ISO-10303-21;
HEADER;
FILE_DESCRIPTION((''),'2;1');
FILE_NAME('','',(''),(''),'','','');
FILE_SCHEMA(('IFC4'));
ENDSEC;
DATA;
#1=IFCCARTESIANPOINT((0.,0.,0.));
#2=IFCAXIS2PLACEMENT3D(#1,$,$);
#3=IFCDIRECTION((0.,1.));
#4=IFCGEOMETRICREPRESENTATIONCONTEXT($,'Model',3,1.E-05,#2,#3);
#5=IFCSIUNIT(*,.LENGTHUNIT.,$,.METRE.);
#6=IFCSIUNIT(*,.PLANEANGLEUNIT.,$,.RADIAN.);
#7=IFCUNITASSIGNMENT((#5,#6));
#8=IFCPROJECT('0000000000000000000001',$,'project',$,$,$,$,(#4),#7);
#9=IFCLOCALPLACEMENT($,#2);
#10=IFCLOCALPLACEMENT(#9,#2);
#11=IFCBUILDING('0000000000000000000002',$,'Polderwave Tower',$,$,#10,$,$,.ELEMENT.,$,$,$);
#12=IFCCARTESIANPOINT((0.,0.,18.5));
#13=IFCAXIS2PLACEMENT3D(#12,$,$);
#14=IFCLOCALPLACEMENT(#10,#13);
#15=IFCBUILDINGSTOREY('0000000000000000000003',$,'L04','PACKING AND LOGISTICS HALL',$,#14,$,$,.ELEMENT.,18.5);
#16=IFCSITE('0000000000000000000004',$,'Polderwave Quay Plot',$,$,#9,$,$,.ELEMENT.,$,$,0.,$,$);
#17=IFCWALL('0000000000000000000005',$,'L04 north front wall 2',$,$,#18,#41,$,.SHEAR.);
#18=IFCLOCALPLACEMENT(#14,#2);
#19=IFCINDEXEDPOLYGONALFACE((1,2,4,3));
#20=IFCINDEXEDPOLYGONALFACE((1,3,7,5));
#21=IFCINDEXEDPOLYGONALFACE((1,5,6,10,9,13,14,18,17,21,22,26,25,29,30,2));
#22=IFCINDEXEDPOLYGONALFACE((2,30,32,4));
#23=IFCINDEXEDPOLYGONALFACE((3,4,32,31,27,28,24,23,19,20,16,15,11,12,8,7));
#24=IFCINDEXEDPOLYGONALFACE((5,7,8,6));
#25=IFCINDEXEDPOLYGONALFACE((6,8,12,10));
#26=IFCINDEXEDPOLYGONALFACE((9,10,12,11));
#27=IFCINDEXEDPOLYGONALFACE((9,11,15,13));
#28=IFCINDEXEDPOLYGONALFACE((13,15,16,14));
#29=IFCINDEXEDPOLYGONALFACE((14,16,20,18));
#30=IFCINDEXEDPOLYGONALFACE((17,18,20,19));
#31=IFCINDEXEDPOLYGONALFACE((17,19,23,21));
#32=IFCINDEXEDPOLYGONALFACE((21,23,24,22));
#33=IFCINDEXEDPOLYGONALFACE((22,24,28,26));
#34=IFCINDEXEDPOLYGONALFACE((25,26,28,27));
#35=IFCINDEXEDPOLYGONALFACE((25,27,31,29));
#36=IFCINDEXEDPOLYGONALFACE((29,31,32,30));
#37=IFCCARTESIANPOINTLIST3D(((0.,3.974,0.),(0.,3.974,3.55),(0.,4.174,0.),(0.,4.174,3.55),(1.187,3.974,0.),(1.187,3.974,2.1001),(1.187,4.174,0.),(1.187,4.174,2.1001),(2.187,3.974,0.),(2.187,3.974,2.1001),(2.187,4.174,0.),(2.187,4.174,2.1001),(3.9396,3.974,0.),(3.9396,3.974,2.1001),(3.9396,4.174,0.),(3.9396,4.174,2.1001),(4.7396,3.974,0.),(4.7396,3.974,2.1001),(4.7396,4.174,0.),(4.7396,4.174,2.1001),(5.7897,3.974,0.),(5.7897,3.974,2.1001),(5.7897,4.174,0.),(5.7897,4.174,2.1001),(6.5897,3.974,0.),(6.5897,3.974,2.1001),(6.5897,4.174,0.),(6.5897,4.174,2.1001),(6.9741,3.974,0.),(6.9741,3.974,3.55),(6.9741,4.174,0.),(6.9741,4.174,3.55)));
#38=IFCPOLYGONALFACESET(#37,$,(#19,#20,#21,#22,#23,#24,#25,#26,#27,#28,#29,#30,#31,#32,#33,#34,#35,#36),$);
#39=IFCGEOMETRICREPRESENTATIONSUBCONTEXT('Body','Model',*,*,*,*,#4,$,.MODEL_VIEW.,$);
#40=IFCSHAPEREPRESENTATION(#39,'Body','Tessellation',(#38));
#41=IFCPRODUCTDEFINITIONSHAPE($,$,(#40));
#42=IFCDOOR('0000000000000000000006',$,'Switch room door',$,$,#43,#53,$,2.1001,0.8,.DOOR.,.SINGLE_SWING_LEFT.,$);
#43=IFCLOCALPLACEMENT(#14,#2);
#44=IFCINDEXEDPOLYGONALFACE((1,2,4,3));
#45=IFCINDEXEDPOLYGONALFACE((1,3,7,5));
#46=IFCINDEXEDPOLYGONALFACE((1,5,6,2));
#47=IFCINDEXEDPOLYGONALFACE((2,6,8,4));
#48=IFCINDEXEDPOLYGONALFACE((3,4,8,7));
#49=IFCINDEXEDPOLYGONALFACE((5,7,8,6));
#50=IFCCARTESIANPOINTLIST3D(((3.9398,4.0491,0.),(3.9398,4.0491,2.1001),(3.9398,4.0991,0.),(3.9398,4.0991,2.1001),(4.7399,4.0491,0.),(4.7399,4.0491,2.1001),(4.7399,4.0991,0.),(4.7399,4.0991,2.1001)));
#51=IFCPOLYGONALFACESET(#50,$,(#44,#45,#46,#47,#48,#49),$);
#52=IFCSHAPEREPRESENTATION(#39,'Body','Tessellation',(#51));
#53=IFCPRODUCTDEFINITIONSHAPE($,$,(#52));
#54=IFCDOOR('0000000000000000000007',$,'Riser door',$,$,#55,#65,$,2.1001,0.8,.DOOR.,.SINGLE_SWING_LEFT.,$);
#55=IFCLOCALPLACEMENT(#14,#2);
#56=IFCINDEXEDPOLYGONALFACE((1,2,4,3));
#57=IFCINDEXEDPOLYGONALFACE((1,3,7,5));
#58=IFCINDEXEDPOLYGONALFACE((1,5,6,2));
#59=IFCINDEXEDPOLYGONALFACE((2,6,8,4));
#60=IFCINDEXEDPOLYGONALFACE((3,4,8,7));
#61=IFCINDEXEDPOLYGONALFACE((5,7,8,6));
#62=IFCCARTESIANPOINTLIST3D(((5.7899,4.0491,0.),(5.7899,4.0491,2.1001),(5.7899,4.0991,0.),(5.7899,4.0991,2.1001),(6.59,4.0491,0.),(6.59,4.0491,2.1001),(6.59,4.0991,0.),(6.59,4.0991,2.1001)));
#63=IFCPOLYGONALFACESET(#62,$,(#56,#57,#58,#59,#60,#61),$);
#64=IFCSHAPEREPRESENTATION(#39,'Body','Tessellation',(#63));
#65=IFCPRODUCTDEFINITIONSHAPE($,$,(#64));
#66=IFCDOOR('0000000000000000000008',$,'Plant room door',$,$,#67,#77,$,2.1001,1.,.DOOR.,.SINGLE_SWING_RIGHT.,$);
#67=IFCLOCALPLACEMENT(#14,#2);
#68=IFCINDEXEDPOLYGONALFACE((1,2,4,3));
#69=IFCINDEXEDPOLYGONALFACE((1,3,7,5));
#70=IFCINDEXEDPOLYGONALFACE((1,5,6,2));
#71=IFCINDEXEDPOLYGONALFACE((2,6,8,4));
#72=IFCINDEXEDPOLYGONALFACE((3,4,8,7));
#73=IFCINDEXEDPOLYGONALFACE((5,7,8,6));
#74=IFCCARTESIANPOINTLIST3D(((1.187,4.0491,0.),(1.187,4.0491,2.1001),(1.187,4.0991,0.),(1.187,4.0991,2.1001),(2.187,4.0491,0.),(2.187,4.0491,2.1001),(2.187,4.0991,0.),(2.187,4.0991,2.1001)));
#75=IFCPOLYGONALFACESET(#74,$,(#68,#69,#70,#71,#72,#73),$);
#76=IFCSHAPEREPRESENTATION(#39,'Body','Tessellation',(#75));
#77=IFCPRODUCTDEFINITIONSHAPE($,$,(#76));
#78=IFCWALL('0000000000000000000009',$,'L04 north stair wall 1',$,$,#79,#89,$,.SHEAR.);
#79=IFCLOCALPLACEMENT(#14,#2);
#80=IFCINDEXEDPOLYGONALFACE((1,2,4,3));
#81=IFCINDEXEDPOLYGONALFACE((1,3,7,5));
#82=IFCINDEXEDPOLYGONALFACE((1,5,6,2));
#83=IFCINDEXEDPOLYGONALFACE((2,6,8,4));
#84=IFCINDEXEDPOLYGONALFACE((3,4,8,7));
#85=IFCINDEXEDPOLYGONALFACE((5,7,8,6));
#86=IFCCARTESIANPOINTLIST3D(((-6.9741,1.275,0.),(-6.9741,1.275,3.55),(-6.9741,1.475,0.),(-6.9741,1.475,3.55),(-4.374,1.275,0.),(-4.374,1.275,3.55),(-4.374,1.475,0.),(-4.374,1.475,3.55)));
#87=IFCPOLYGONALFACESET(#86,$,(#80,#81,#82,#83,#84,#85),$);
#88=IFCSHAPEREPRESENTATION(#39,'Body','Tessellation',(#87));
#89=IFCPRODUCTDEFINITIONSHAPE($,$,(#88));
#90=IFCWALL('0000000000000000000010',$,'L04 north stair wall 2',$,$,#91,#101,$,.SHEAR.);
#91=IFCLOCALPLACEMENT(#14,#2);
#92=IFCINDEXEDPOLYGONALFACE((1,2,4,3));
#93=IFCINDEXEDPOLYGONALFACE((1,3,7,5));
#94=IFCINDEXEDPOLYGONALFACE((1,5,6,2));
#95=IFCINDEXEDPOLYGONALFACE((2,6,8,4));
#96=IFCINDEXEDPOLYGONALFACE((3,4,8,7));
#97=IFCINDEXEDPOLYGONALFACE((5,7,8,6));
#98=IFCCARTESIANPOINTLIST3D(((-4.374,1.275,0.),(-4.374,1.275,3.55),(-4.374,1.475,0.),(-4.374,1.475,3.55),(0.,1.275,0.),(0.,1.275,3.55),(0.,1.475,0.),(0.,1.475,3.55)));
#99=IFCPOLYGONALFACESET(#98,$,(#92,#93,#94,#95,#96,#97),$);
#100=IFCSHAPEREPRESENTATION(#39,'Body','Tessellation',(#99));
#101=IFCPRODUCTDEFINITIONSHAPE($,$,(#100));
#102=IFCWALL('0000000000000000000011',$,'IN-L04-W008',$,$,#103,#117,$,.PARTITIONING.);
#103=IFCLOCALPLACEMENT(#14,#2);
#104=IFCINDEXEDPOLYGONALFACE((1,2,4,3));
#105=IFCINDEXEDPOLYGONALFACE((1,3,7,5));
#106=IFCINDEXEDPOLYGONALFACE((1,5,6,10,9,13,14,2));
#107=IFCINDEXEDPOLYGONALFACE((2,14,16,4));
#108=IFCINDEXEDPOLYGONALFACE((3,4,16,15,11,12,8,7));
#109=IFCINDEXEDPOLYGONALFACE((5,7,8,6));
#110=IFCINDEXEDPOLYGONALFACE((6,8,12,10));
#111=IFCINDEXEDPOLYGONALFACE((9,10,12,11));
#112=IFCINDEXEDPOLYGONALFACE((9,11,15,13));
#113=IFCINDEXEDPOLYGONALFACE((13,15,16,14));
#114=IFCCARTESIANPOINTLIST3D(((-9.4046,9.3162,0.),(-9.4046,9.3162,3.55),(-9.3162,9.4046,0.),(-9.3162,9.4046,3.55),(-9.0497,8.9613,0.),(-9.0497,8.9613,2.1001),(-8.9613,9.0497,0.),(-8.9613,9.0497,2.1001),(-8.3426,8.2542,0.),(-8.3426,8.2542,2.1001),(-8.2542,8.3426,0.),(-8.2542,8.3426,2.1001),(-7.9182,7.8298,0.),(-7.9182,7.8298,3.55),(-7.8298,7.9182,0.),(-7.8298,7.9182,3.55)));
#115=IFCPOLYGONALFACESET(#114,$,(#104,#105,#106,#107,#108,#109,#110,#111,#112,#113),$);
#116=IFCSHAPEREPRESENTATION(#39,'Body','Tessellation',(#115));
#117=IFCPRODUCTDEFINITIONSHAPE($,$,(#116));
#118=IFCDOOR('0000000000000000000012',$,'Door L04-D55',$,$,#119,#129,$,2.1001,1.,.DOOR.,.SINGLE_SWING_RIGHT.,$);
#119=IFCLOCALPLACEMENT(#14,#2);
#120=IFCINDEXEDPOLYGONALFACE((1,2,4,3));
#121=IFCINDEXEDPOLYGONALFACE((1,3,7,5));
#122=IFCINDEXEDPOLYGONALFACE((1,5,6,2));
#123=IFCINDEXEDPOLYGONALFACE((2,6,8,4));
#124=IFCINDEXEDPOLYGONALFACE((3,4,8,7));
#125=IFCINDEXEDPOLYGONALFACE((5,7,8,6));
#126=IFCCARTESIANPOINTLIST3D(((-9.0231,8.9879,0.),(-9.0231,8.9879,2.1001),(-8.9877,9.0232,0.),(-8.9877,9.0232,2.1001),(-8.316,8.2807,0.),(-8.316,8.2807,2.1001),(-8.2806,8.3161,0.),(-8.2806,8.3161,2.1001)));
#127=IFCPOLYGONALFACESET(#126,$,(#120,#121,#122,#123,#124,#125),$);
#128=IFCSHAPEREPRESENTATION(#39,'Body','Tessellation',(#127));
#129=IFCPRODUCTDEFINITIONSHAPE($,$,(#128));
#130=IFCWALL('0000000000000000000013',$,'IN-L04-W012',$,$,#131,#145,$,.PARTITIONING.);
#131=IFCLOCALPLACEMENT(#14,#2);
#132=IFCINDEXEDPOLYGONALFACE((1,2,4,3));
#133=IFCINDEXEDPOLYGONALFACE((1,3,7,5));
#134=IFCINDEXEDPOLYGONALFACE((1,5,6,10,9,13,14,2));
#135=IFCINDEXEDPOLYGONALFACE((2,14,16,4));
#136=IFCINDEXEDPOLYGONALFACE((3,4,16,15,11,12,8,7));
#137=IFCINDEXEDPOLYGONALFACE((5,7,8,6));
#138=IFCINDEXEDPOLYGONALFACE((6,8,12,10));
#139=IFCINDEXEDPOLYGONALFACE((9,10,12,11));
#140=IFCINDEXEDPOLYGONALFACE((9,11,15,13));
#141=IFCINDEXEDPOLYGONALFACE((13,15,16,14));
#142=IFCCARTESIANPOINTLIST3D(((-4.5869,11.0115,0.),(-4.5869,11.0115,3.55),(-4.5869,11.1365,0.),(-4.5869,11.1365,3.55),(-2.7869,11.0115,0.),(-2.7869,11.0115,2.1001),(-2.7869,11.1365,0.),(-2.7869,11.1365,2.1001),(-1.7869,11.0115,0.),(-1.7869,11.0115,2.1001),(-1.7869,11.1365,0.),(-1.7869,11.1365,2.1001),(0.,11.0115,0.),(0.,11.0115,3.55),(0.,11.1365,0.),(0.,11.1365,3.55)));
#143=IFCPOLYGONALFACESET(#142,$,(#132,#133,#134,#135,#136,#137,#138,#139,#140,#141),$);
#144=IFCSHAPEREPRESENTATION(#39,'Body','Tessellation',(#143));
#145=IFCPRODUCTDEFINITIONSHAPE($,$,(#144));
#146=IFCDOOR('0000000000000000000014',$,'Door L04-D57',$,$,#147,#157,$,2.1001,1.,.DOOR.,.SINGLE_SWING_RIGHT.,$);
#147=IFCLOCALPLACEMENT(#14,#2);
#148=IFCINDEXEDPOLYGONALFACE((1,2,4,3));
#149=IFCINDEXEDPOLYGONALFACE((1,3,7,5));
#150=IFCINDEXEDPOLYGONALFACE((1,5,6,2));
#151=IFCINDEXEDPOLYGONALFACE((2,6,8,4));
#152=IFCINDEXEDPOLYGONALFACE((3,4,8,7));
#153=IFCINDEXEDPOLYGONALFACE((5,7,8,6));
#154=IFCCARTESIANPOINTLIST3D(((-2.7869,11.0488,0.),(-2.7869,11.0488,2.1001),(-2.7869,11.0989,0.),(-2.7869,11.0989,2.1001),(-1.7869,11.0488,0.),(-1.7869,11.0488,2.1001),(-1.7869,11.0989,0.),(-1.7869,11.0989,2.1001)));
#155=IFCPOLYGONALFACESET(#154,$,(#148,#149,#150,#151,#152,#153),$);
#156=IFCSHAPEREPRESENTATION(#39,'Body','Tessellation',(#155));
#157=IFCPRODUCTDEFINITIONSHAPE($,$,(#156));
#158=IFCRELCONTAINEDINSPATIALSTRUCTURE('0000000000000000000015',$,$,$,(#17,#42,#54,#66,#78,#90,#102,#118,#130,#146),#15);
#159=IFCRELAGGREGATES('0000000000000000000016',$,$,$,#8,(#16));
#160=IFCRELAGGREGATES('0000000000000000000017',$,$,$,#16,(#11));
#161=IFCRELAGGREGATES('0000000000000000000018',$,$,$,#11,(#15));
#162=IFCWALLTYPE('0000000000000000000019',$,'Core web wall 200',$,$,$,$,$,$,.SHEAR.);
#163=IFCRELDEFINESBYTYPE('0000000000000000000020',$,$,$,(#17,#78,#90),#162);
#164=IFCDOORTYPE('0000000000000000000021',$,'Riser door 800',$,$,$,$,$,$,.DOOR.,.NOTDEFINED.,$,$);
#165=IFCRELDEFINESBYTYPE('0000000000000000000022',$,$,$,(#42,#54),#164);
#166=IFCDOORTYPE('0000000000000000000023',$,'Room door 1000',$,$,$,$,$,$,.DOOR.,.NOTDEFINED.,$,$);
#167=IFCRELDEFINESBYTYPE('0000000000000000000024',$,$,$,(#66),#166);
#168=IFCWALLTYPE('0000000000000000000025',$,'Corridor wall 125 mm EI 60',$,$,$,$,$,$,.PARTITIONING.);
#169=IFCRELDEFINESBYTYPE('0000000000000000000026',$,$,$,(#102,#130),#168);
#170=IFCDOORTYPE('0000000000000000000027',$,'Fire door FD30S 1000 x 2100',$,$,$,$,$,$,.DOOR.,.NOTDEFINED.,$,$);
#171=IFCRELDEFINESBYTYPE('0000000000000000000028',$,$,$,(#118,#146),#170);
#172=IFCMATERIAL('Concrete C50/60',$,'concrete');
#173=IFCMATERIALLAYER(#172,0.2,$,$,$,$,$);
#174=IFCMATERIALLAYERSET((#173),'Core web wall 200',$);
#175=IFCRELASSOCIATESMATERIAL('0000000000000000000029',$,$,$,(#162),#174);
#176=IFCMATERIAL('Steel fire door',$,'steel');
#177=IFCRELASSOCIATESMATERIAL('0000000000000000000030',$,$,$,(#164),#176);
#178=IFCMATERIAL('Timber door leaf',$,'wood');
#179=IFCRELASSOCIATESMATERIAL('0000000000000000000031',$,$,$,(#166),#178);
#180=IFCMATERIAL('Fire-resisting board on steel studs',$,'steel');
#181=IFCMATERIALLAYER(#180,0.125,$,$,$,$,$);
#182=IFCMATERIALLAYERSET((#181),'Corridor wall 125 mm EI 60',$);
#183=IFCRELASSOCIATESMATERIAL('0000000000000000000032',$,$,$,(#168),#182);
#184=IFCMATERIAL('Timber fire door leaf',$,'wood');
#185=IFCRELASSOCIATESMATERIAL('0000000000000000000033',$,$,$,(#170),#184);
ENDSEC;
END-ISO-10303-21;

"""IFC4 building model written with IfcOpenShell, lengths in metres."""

from ifc_helpers import new_model, si_unit, direction, frame, frame_2d, origin, place, context, subcontext, project, spatial, rectangle, extrude, material, layer, layer_set, type_object, element, fill, save


model = new_model("IFC4")

# Units and contexts
model_context = context("Model", 3, precision=1e-05, world=origin(), true_north=direction((0.0, 1.0)))
body_context = subcontext(model_context, "Body", "Model", "MODEL_VIEW")
ifc_project = project(units=[si_unit("LENGTHUNIT", "METRE"), si_unit("PLANEANGLEUNIT", "RADIAN")], contexts=[model_context])

# Site, building, storey
site_placement = place(None, origin())
site = spatial("IfcSite", under=ifc_project, at=site_placement, Name="Polderwave Quay Plot", CompositionType="ELEMENT", RefElevation=0.0)
building_placement = place(site_placement, origin())
building = spatial("IfcBuilding", under=site, at=building_placement, Name="Polderwave Tower", CompositionType="ELEMENT")
storey_placement = place(building_placement, frame((0.0, 0.0, 18.5)))
storey = spatial("IfcBuildingStorey", under=building, at=storey_placement, Name="L04", Description="PACKING AND LOGISTICS HALL", CompositionType="ELEMENT", Elevation=18.5)

# Shared definitions
ifc_material_1 = material(Name="Steel fire door", Category="steel")

# Shared definitions
ifc_material_2 = material(Name="Concrete C50/60", Category="concrete")
ifc_layer_1 = layer(ifc_material_2, 0.2)
ifc_layer_set_1 = layer_set([ifc_layer_1], Name="Core web wall 200")
wall_type_1 = type_object("IfcWallType", Name="Core web wall 200", PredefinedType="SHEAR", material=ifc_layer_set_1)

# Wall, openings, doors
wall_1_placement = place(storey_placement, frame((0.0, 4.074, 0.0), z_axis=(0.0, 0.0, 1.0), x_axis=(1.0, 0.0, 0.0)))
wall_1 = element("IfcWall", 1, at=wall_1_placement, inside=storey, type_object=wall_type_1, Name="L04 north front wall 2", PredefinedType="SHEAR", context=body_context, shape_type="SweptSolid", body=[
    extrude(rectangle(XDim=6.9741, YDim=0.2, at=frame_2d((3.4871, 0.0))), origin(), (0.0, 0.0, 1.0), 3.55),
])
opening_1_placement = place(wall_1_placement, frame((1.187, 0.0, 0.0)))
opening_1 = element("IfcOpeningElement", 2, at=opening_1_placement, cuts=wall_1, PredefinedType="OPENING", context=body_context, shape_type="SweptSolid", body=[
    extrude(rectangle(XDim=1.0, YDim=2.1001, at=frame_2d((0.5, 1.05))), frame((0.0, 0.1099, 0.0), z_axis=(0.0, -1.0, 0.0), x_axis=(1.0, 0.0, 0.0)), (0.0, 0.0, 1.0), 0.22),
])
opening_2_placement = place(wall_1_placement, frame((3.9397, 0.0, 0.0)))
opening_2 = element("IfcOpeningElement", 3, at=opening_2_placement, cuts=wall_1, PredefinedType="OPENING", context=body_context, shape_type="SweptSolid", body=[
    extrude(rectangle(XDim=0.8, YDim=2.1001, at=frame_2d((0.3999, 1.05))), frame((0.0, 0.1099, 0.0), z_axis=(0.0, -1.0, 0.0), x_axis=(1.0, 0.0, 0.0)), (0.0, 0.0, 1.0), 0.22),
])
opening_3_placement = place(wall_1_placement, frame((5.7898, 0.0, 0.0)))
opening_3 = element("IfcOpeningElement", 4, at=opening_3_placement, cuts=wall_1, PredefinedType="OPENING", context=body_context, shape_type="SweptSolid", body=[
    extrude(rectangle(XDim=0.8, YDim=2.1001, at=frame_2d((0.3999, 1.05))), frame((0.0, 0.1099, 0.0), z_axis=(0.0, -1.0, 0.0), x_axis=(1.0, 0.0, 0.0)), (0.0, 0.0, 1.0), 0.22),
])
door_type_1 = type_object("IfcDoorType", Name="Riser door 800", OperationType="NOTDEFINED", PredefinedType="DOOR", material=ifc_material_1)
door_1_placement = place(opening_2_placement, frame((0.8, 0.0, 0.0), z_axis=(0.0, 0.0, 1.0), x_axis=(-1.0, 0.0, 0.0)))
door_1 = element("IfcDoor", 5, at=door_1_placement, inside=storey, type_object=door_type_1, Name="Switch room door", OperationType="SINGLE_SWING_LEFT", OverallHeight=2.1001, OverallWidth=0.8, PredefinedType="DOOR", context=body_context, shape_type="SweptSolid", body=[
    extrude(rectangle(XDim=0.8, YDim=2.1001, at=frame_2d((0.3999, 1.05))), frame((0.0, 0.0249, 0.0), z_axis=(0.0, -1.0, 0.0), x_axis=(1.0, 0.0, 0.0)), (0.0, 0.0, 1.0), 0.05),
])
fill(opening_2, door_1)
door_2_placement = place(opening_3_placement, frame((0.8, 0.0, 0.0), z_axis=(0.0, 0.0, 1.0), x_axis=(-1.0, 0.0, 0.0)))
door_2 = element("IfcDoor", 6, at=door_2_placement, inside=storey, type_object=door_type_1, Name="Riser door", OperationType="SINGLE_SWING_LEFT", OverallHeight=2.1001, OverallWidth=0.8, PredefinedType="DOOR", context=body_context, shape_type="SweptSolid", body=[
    extrude(rectangle(XDim=0.8, YDim=2.1001, at=frame_2d((0.3999, 1.05))), frame((0.0, 0.0249, 0.0), z_axis=(0.0, -1.0, 0.0), x_axis=(1.0, 0.0, 0.0)), (0.0, 0.0, 1.0), 0.05),
])
fill(opening_3, door_2)
ifc_material_3 = material(Name="Timber door leaf", Category="wood")
door_type_2 = type_object("IfcDoorType", Name="Room door 1000", OperationType="NOTDEFINED", PredefinedType="DOOR", material=ifc_material_3)
door_3_placement = place(opening_1_placement, frame((1.0, 0.0, 0.0), z_axis=(0.0, 0.0, 1.0), x_axis=(-1.0, 0.0, 0.0)))
door_3 = element("IfcDoor", 7, at=door_3_placement, inside=storey, type_object=door_type_2, Name="Plant room door", OperationType="SINGLE_SWING_RIGHT", OverallHeight=2.1001, OverallWidth=1.0, PredefinedType="DOOR", context=body_context, shape_type="SweptSolid", body=[
    extrude(rectangle(XDim=1.0, YDim=2.1001, at=frame_2d((0.5, 1.05))), frame((0.0, 0.0249, 0.0), z_axis=(0.0, -1.0, 0.0), x_axis=(1.0, 0.0, 0.0)), (0.0, 0.0, 1.0), 0.05),
])
fill(opening_1, door_3)

# Walls
wall_2_placement = place(storey_placement, frame((-6.9741, 1.375, 0.0), z_axis=(0.0, 0.0, 1.0), x_axis=(1.0, 0.0, 0.0)))
element("IfcWall", 8, at=wall_2_placement, inside=storey, type_object=wall_type_1, Name="L04 north stair wall 1", PredefinedType="SHEAR", context=body_context, shape_type="SweptSolid", body=[
    extrude(rectangle(XDim=2.6001, YDim=0.2, at=frame_2d((1.3, 0.0))), origin(), (0.0, 0.0, 1.0), 3.55),
])
wall_3_placement = place(storey_placement, frame((-4.374, 1.375, 0.0), z_axis=(0.0, 0.0, 1.0), x_axis=(1.0, 0.0, 0.0)))
element("IfcWall", 9, at=wall_3_placement, inside=storey, type_object=wall_type_1, Name="L04 north stair wall 2", PredefinedType="SHEAR", context=body_context, shape_type="SweptSolid", body=[
    extrude(rectangle(XDim=4.374, YDim=0.2, at=frame_2d((2.187, 0.0))), origin(), (0.0, 0.0, 1.0), 3.55),
])

# Walls, openings, doors
ifc_material_4 = material(Name="Fire-resisting board on steel studs", Category="steel")
ifc_layer_2 = layer(ifc_material_4, 0.125)
ifc_layer_set_2 = layer_set([ifc_layer_2], Name="Corridor wall 125 mm EI 60")
wall_type_2 = type_object("IfcWallType", Name="Corridor wall 125 mm EI 60", PredefinedType="PARTITIONING", material=ifc_layer_set_2)
wall_4_placement = place(storey_placement, frame((-7.874, 7.874, 0.0), z_axis=(0.0, 0.0, 1.0), x_axis=(-0.707107, 0.707107, 0.0)))
wall_4 = element("IfcWall", 10, at=wall_4_placement, inside=storey, type_object=wall_type_2, Name="IN-L04-W008", PredefinedType="PARTITIONING", context=body_context, shape_type="SweptSolid", body=[
    extrude(rectangle(XDim=2.1021, YDim=0.125, at=frame_2d((1.051, 0.0))), origin(), (0.0, 0.0, 1.0), 3.55),
])
opening_4_placement = place(wall_4_placement, frame((0.6001, 0.0, 0.0)))
opening_4 = element("IfcOpeningElement", 11, at=opening_4_placement, cuts=wall_4, PredefinedType="OPENING", context=body_context, shape_type="SweptSolid", body=[
    extrude(rectangle(XDim=1.0, YDim=2.1001, at=frame_2d((0.5, 1.05))), frame((0.0, 0.0725, 0.0), z_axis=(0.0, -1.0, 0.0), x_axis=(1.0, 0.0, 0.0)), (0.0, 0.0, 1.0), 0.145),
])
ifc_material_5 = material(Name="Timber fire door leaf", Category="wood")
door_type_3 = type_object("IfcDoorType", Name="Fire door FD30S 1000 x 2100", OperationType="NOTDEFINED", PredefinedType="DOOR", material=ifc_material_5)
door_4_placement = place(opening_4_placement, origin())
door_4 = element("IfcDoor", 12, at=door_4_placement, inside=storey, type_object=door_type_3, Name="Door L04-D55", OperationType="SINGLE_SWING_RIGHT", OverallHeight=2.1001, OverallWidth=1.0, PredefinedType="DOOR", context=body_context, shape_type="SweptSolid", body=[
    extrude(rectangle(XDim=1.0, YDim=2.1001, at=frame_2d((0.5, 1.05))), frame((0.0, 0.0249, 0.0), z_axis=(0.0, -1.0, 0.0), x_axis=(1.0, 0.0, 0.0)), (0.0, 0.0, 1.0), 0.05),
])
fill(opening_4, door_4)
wall_5_placement = place(storey_placement, frame((-4.5869, 11.074, 0.0), z_axis=(0.0, 0.0, 1.0), x_axis=(1.0, 0.0, 0.0)))
wall_5 = element("IfcWall", 13, at=wall_5_placement, inside=storey, type_object=wall_type_2, Name="IN-L04-W012", PredefinedType="PARTITIONING", context=body_context, shape_type="SweptSolid", body=[
    extrude(rectangle(XDim=4.5869, YDim=0.125, at=frame_2d((2.2935, 0.0))), origin(), (0.0, 0.0, 1.0), 3.55),
])
opening_5_placement = place(wall_5_placement, frame((1.8, 0.0, 0.0)))
opening_5 = element("IfcOpeningElement", 14, at=opening_5_placement, cuts=wall_5, PredefinedType="OPENING", context=body_context, shape_type="SweptSolid", body=[
    extrude(rectangle(XDim=1.0, YDim=2.1001, at=frame_2d((0.5, 1.05))), frame((0.0, 0.0725, 0.0), z_axis=(0.0, -1.0, 0.0), x_axis=(1.0, 0.0, 0.0)), (0.0, 0.0, 1.0), 0.145),
])
door_5_placement = place(opening_5_placement, origin())
door_5 = element("IfcDoor", 15, at=door_5_placement, inside=storey, type_object=door_type_3, Name="Door L04-D57", OperationType="SINGLE_SWING_RIGHT", OverallHeight=2.1001, OverallWidth=1.0, PredefinedType="DOOR", context=body_context, shape_type="SweptSolid", body=[
    extrude(rectangle(XDim=1.0, YDim=2.1001, at=frame_2d((0.5, 1.05))), frame((0.0, 0.0249, 0.0), z_axis=(0.0, -1.0, 0.0), x_axis=(1.0, 0.0, 0.0)), (0.0, 0.0, 1.0), 0.05),
])
fill(opening_5, door_5)

save(model, "model.ifc")
